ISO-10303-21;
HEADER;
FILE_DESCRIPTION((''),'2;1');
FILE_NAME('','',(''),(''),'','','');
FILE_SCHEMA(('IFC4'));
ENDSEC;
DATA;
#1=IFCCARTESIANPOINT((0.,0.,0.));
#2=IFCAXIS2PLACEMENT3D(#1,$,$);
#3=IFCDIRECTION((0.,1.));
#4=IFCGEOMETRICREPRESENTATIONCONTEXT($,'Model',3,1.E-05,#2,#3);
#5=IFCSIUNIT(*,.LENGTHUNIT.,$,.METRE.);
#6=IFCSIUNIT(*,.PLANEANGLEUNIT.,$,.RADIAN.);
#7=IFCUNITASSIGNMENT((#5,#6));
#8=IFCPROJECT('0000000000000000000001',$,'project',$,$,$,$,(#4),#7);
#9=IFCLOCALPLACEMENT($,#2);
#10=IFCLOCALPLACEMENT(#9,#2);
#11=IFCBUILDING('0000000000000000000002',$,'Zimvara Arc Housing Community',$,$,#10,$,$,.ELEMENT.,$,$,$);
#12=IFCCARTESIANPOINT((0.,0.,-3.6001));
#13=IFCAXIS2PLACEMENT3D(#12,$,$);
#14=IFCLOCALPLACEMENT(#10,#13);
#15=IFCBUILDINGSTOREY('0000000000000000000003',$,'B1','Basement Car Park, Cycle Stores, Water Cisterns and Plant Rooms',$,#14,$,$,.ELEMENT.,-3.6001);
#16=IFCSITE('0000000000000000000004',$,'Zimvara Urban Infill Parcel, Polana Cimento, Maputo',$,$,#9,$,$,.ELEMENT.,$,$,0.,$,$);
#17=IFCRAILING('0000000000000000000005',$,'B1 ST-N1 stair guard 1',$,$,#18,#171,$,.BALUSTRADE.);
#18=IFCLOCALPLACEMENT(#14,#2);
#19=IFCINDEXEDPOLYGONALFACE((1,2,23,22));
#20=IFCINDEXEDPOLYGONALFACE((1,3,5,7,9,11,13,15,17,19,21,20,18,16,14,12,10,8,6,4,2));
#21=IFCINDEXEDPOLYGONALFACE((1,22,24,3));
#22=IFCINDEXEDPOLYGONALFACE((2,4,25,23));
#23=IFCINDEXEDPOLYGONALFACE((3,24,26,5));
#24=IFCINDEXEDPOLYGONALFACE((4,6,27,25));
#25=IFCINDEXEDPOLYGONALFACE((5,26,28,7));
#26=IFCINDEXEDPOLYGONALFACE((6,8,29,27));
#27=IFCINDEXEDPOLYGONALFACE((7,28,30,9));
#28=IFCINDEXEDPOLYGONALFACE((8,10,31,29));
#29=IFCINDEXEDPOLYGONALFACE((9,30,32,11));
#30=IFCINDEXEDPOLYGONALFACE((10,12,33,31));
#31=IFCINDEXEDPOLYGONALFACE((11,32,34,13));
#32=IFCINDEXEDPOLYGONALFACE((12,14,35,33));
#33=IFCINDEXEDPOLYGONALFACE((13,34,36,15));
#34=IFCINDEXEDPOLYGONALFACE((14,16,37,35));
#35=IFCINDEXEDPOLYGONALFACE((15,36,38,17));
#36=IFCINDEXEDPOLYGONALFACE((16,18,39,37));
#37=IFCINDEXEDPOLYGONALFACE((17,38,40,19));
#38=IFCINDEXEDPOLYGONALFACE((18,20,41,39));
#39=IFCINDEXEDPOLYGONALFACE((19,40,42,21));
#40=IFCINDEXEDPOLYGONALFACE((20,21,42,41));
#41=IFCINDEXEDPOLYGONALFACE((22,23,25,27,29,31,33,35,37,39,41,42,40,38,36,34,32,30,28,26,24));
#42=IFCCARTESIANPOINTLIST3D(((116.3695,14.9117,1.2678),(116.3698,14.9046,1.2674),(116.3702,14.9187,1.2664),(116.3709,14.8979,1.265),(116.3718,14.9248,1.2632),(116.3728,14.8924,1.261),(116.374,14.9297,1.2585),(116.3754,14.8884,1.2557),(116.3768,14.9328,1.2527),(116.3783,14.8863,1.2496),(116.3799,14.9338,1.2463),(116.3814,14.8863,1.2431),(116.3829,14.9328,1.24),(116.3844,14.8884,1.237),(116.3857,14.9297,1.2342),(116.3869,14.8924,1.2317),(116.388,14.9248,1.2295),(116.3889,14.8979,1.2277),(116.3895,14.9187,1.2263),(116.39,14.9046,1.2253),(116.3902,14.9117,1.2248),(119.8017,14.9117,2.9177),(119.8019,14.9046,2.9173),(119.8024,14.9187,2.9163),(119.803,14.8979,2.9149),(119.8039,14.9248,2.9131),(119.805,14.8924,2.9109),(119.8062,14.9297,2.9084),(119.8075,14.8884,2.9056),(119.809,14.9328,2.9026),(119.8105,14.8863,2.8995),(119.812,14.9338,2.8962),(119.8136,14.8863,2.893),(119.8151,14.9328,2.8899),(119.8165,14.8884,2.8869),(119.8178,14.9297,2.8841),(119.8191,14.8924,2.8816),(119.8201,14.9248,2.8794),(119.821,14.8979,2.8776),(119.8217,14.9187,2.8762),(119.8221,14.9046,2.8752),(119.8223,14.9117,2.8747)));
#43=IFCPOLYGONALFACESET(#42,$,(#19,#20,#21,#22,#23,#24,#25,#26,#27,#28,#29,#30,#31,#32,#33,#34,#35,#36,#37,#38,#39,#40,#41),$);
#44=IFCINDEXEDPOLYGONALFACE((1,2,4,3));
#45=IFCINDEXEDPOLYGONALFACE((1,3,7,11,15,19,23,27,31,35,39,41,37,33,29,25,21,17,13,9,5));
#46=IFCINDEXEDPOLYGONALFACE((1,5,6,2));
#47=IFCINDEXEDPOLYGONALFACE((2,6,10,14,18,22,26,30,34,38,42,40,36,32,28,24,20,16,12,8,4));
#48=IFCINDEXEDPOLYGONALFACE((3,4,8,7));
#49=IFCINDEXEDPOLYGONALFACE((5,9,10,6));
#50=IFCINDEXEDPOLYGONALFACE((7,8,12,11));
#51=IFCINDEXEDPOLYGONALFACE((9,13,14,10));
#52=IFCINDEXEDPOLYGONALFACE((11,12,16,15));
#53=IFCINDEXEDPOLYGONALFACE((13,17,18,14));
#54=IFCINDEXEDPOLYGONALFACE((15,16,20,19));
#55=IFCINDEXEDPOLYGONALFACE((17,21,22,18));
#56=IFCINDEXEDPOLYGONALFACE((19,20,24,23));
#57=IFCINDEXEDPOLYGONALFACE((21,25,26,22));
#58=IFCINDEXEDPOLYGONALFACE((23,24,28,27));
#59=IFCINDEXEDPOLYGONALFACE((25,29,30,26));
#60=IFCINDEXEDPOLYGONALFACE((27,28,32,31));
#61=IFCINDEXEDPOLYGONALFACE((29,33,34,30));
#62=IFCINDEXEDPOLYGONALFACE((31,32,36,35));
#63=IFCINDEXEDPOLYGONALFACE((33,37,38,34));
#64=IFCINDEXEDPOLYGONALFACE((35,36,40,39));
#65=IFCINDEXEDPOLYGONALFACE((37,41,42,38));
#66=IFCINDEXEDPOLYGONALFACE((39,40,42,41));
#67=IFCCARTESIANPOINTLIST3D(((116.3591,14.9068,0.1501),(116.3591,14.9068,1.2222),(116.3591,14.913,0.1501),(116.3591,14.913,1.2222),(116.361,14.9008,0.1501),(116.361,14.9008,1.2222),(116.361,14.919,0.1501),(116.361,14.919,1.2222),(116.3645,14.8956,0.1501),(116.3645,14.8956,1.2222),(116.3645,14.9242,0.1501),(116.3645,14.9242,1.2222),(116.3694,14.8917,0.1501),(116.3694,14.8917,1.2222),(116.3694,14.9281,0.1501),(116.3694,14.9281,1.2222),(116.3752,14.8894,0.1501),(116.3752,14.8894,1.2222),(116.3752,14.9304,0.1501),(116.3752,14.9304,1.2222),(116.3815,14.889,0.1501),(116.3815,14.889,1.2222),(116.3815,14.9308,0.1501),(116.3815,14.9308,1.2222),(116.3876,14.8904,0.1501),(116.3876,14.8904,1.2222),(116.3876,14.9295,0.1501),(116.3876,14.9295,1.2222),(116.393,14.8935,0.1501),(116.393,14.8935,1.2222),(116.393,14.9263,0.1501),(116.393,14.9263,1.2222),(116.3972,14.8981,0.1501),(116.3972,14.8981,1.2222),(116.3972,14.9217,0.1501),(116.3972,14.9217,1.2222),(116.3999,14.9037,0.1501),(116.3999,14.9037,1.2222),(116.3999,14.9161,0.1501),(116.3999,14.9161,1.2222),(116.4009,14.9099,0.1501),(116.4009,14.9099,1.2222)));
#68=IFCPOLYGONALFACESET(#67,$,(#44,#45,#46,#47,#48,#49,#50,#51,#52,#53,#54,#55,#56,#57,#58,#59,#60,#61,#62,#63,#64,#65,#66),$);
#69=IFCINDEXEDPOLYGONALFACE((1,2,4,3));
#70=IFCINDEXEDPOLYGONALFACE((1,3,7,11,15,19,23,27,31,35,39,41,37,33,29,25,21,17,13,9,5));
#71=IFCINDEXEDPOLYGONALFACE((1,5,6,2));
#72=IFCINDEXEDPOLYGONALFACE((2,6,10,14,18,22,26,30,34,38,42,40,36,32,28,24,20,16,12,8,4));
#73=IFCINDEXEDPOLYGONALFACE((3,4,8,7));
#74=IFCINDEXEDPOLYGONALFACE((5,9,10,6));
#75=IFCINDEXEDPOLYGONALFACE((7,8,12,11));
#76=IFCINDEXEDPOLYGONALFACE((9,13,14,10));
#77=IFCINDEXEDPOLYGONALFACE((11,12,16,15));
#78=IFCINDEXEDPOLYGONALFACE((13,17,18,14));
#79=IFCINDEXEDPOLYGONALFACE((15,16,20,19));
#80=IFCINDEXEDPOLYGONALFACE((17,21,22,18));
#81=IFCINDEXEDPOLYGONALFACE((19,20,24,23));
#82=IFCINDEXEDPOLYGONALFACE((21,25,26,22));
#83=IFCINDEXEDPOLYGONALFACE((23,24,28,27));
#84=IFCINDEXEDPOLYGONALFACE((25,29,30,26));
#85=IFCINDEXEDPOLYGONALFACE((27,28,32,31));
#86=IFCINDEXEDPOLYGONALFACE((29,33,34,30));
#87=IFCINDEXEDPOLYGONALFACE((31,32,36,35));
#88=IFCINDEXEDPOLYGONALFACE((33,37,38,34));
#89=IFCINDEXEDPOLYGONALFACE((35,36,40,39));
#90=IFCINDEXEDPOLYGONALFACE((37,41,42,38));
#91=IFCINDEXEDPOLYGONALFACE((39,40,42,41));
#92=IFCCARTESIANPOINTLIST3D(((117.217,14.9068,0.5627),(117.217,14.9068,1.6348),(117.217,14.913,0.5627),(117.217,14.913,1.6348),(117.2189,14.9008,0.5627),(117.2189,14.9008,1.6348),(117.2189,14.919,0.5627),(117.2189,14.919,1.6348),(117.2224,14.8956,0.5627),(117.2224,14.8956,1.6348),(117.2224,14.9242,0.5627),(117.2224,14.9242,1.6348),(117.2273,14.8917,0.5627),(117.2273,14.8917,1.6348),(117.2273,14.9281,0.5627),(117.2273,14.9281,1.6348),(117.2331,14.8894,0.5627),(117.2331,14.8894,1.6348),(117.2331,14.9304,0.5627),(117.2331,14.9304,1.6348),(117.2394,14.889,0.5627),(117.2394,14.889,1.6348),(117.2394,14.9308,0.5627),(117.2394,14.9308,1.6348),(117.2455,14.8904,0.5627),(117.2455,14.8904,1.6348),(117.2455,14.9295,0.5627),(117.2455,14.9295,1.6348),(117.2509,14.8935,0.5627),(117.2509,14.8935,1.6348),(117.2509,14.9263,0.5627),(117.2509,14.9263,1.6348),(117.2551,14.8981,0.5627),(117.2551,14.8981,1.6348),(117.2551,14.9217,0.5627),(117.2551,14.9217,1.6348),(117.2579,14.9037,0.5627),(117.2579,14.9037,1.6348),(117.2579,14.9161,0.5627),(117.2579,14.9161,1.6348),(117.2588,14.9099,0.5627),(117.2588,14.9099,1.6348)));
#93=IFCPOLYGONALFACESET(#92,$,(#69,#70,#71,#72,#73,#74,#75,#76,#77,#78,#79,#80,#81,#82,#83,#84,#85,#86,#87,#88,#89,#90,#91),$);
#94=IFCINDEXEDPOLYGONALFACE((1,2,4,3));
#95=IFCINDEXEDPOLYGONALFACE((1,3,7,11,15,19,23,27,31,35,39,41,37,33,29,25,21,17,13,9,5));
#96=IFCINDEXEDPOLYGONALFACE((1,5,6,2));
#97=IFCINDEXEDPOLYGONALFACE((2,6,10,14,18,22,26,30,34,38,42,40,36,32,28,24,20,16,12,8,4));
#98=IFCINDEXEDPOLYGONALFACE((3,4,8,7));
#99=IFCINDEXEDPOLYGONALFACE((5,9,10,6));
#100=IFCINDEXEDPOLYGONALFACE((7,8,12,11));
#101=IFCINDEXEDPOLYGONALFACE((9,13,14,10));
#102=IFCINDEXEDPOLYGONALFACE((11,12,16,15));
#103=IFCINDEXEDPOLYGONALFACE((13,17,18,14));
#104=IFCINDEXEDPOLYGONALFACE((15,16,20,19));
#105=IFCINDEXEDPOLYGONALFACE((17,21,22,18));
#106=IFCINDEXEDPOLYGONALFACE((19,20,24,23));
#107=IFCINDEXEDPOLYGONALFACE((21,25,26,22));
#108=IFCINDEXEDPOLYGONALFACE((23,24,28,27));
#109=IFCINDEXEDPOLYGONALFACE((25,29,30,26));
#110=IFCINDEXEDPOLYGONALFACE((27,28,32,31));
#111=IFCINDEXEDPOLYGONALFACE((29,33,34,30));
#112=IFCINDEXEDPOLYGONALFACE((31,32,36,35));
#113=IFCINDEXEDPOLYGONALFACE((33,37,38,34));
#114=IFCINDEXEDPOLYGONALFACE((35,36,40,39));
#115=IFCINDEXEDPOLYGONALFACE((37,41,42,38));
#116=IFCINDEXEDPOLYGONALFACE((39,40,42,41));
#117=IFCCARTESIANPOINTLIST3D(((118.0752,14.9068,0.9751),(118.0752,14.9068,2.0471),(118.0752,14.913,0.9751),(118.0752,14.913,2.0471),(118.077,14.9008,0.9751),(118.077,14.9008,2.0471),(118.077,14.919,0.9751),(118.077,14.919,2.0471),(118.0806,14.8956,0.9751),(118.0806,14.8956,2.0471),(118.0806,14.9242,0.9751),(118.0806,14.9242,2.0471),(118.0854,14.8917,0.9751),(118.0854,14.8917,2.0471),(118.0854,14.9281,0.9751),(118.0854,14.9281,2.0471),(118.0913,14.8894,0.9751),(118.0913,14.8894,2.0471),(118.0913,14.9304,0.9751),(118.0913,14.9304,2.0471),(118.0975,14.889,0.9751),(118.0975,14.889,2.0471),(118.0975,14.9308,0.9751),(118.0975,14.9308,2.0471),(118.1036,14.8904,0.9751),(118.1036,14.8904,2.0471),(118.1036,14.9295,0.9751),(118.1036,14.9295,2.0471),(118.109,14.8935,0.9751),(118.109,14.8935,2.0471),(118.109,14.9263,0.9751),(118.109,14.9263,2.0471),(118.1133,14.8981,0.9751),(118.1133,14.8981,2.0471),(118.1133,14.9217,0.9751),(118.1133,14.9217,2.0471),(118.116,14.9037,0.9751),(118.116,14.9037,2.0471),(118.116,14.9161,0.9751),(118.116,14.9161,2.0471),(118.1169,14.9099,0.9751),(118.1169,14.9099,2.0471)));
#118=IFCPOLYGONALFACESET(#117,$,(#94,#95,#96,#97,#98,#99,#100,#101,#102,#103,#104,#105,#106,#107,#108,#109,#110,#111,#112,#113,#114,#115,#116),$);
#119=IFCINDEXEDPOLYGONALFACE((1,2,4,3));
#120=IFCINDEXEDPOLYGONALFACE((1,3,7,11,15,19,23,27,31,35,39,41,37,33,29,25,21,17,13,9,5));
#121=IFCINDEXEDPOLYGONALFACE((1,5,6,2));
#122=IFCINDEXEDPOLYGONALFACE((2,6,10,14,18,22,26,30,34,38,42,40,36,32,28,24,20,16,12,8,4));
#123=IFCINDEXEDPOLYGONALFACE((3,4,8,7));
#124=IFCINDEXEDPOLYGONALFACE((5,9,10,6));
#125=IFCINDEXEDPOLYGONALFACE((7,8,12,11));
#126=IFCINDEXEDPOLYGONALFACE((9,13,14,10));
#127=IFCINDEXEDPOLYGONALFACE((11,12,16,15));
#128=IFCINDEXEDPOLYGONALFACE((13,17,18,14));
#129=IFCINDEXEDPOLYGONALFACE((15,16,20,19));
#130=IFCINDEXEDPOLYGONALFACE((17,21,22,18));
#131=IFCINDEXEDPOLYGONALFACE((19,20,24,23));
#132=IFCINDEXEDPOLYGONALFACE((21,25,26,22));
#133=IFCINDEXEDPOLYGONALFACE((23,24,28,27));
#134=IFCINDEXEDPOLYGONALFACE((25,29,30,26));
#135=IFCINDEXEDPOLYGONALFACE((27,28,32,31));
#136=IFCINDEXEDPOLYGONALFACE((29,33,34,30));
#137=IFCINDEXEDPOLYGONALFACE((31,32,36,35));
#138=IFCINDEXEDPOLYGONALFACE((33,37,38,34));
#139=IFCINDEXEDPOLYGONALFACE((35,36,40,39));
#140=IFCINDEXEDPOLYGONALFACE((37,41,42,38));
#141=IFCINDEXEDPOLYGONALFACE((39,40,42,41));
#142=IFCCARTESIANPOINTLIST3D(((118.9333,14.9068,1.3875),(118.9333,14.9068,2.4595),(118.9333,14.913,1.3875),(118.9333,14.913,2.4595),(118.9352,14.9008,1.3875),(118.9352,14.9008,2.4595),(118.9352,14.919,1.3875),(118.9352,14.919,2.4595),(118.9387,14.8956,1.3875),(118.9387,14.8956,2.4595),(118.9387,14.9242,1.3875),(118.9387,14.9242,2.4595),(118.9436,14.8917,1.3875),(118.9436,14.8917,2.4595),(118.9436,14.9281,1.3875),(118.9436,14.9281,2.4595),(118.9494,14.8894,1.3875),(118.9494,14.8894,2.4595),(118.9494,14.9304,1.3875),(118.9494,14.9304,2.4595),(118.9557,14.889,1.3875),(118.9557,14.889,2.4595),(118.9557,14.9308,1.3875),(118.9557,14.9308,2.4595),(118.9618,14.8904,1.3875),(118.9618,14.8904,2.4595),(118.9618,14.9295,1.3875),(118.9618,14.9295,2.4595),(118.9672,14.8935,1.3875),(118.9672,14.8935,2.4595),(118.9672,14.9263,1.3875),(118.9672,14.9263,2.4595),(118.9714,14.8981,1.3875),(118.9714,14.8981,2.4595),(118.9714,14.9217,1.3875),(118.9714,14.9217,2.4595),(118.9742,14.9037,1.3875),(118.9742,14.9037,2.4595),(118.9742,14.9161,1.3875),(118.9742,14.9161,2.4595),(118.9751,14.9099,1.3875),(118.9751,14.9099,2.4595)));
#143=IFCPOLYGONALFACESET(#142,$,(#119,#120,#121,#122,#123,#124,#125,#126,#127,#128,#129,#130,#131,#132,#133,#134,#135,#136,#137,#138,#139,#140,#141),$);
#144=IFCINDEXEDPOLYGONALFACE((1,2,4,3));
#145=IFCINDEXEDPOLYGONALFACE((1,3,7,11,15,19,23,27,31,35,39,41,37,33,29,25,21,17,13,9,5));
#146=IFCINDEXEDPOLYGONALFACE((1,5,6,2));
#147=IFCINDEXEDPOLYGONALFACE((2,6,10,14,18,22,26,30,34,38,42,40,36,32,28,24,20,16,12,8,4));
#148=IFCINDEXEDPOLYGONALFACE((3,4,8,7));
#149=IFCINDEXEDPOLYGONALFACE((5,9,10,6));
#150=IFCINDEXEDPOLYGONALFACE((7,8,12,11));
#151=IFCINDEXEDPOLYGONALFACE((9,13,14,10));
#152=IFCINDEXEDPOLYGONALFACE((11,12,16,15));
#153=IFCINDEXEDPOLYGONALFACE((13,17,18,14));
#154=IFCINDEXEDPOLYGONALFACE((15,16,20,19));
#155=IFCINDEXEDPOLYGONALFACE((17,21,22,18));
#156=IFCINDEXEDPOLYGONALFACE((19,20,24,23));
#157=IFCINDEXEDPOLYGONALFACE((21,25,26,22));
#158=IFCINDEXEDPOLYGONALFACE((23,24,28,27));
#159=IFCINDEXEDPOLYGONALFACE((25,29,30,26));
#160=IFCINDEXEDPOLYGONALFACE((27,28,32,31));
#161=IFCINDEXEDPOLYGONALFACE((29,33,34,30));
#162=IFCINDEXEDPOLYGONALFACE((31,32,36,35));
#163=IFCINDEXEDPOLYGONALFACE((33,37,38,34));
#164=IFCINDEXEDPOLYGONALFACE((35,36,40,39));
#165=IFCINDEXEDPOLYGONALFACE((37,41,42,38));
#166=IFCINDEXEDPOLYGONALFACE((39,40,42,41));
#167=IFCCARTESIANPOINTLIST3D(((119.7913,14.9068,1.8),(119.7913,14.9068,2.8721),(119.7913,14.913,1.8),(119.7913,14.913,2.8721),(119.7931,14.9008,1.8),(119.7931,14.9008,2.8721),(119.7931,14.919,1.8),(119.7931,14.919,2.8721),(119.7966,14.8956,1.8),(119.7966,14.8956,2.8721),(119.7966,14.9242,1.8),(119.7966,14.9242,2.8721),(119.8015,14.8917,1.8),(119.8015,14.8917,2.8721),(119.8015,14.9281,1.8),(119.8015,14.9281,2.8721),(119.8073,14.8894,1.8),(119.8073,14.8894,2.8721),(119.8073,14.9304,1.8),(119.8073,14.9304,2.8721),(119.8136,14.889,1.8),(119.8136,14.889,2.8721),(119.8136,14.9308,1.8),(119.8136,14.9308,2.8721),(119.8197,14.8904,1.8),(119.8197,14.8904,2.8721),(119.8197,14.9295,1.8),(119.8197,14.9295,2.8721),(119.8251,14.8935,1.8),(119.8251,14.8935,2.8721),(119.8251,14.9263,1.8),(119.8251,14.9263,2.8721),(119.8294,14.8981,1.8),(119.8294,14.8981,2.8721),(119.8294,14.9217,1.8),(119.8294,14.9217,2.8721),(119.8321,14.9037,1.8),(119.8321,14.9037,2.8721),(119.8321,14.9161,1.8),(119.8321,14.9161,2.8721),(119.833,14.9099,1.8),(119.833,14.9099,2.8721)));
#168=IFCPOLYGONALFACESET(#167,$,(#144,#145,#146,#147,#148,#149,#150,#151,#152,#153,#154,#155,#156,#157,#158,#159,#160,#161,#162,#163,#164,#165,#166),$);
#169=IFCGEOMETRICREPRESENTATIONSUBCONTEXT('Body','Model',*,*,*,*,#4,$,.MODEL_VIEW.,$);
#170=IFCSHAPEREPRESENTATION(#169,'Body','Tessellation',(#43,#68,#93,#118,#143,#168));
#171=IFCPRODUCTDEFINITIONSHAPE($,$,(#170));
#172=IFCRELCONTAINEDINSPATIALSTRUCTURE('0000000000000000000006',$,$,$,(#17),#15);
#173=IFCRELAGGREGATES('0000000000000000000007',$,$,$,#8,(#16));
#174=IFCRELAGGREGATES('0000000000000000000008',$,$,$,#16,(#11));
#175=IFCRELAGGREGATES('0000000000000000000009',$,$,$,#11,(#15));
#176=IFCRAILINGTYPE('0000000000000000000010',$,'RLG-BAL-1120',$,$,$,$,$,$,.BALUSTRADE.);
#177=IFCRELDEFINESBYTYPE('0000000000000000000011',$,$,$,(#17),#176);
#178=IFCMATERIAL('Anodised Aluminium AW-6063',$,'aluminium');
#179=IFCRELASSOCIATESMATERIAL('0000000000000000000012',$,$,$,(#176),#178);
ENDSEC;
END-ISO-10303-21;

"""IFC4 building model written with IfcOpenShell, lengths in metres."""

from ifc_helpers import new_model, si_unit, direction, frame, origin, origin_2d, place, context, subcontext, project, spatial, circle, extrude, material, type_object, element, save


model = new_model("IFC4")

# Units and contexts
model_context = context("Model", 3, precision=1e-05, world=origin(), true_north=direction((0.0, 1.0)))
body_context = subcontext(model_context, "Body", "Model", "MODEL_VIEW")
ifc_project = project(units=[si_unit("LENGTHUNIT", "METRE"), si_unit("PLANEANGLEUNIT", "RADIAN")], contexts=[model_context])

# Site, building, storey
site_placement = place(None, origin())
site = spatial("IfcSite", under=ifc_project, at=site_placement, Name="Zimvara Urban Infill Parcel, Polana Cimento, Maputo", CompositionType="ELEMENT", RefElevation=0.0)
building_placement = place(site_placement, origin())
building = spatial("IfcBuilding", under=site, at=building_placement, Name="Zimvara Arc Housing Community", CompositionType="ELEMENT")
storey_placement = place(building_placement, frame((0.0, 0.0, -3.6001)))
storey = spatial("IfcBuildingStorey", under=building, at=storey_placement, Name="B1", Description="Basement Car Park, Cycle Stores, Water Cisterns and Plant Rooms", CompositionType="ELEMENT", Elevation=-3.6001)

# Railing
ifc_material_1 = material(Name="Anodised Aluminium AW-6063", Category="aluminium")
railing_type_1 = type_object("IfcRailingType", Name="RLG-BAL-1120", PredefinedType="BALUSTRADE", material=ifc_material_1)
railing_1_placement = place(storey_placement, frame((116.3799, 14.9099, 0.1501)))
element("IfcRailing", 1, at=railing_1_placement, inside=storey, type_object=railing_type_1, Name="B1 ST-N1 stair guard 1", PredefinedType="BALUSTRADE", context=body_context, shape_type="SweptSolid", body=[
    extrude(circle(Radius=0.0239, at=origin_2d()), frame((0.0, 0.0, 1.0962), z_axis=(0.901269, 0.0, 0.43326), x_axis=(0.0, 1.0, 0.0)), (0.0, 0.0, 1.0), 3.8081),
    extrude(circle(Radius=0.021, at=origin_2d()), origin(), (0.0, 0.0, 1.0), 1.072),
    extrude(circle(Radius=0.021, at=origin_2d()), frame((0.8579, 0.0, 0.4126)), (0.0, 0.0, 1.0), 1.072),
    extrude(circle(Radius=0.021, at=origin_2d()), frame((1.7161, 0.0, 0.825)), (0.0, 0.0, 1.0), 1.072),
    extrude(circle(Radius=0.021, at=origin_2d()), frame((2.5742, 0.0, 1.2373)), (0.0, 0.0, 1.0), 1.072),
    extrude(circle(Radius=0.021, at=origin_2d()), frame((3.4321, 0.0, 1.6499)), (0.0, 0.0, 1.0), 1.072),
])

save(model, "model.ifc")
